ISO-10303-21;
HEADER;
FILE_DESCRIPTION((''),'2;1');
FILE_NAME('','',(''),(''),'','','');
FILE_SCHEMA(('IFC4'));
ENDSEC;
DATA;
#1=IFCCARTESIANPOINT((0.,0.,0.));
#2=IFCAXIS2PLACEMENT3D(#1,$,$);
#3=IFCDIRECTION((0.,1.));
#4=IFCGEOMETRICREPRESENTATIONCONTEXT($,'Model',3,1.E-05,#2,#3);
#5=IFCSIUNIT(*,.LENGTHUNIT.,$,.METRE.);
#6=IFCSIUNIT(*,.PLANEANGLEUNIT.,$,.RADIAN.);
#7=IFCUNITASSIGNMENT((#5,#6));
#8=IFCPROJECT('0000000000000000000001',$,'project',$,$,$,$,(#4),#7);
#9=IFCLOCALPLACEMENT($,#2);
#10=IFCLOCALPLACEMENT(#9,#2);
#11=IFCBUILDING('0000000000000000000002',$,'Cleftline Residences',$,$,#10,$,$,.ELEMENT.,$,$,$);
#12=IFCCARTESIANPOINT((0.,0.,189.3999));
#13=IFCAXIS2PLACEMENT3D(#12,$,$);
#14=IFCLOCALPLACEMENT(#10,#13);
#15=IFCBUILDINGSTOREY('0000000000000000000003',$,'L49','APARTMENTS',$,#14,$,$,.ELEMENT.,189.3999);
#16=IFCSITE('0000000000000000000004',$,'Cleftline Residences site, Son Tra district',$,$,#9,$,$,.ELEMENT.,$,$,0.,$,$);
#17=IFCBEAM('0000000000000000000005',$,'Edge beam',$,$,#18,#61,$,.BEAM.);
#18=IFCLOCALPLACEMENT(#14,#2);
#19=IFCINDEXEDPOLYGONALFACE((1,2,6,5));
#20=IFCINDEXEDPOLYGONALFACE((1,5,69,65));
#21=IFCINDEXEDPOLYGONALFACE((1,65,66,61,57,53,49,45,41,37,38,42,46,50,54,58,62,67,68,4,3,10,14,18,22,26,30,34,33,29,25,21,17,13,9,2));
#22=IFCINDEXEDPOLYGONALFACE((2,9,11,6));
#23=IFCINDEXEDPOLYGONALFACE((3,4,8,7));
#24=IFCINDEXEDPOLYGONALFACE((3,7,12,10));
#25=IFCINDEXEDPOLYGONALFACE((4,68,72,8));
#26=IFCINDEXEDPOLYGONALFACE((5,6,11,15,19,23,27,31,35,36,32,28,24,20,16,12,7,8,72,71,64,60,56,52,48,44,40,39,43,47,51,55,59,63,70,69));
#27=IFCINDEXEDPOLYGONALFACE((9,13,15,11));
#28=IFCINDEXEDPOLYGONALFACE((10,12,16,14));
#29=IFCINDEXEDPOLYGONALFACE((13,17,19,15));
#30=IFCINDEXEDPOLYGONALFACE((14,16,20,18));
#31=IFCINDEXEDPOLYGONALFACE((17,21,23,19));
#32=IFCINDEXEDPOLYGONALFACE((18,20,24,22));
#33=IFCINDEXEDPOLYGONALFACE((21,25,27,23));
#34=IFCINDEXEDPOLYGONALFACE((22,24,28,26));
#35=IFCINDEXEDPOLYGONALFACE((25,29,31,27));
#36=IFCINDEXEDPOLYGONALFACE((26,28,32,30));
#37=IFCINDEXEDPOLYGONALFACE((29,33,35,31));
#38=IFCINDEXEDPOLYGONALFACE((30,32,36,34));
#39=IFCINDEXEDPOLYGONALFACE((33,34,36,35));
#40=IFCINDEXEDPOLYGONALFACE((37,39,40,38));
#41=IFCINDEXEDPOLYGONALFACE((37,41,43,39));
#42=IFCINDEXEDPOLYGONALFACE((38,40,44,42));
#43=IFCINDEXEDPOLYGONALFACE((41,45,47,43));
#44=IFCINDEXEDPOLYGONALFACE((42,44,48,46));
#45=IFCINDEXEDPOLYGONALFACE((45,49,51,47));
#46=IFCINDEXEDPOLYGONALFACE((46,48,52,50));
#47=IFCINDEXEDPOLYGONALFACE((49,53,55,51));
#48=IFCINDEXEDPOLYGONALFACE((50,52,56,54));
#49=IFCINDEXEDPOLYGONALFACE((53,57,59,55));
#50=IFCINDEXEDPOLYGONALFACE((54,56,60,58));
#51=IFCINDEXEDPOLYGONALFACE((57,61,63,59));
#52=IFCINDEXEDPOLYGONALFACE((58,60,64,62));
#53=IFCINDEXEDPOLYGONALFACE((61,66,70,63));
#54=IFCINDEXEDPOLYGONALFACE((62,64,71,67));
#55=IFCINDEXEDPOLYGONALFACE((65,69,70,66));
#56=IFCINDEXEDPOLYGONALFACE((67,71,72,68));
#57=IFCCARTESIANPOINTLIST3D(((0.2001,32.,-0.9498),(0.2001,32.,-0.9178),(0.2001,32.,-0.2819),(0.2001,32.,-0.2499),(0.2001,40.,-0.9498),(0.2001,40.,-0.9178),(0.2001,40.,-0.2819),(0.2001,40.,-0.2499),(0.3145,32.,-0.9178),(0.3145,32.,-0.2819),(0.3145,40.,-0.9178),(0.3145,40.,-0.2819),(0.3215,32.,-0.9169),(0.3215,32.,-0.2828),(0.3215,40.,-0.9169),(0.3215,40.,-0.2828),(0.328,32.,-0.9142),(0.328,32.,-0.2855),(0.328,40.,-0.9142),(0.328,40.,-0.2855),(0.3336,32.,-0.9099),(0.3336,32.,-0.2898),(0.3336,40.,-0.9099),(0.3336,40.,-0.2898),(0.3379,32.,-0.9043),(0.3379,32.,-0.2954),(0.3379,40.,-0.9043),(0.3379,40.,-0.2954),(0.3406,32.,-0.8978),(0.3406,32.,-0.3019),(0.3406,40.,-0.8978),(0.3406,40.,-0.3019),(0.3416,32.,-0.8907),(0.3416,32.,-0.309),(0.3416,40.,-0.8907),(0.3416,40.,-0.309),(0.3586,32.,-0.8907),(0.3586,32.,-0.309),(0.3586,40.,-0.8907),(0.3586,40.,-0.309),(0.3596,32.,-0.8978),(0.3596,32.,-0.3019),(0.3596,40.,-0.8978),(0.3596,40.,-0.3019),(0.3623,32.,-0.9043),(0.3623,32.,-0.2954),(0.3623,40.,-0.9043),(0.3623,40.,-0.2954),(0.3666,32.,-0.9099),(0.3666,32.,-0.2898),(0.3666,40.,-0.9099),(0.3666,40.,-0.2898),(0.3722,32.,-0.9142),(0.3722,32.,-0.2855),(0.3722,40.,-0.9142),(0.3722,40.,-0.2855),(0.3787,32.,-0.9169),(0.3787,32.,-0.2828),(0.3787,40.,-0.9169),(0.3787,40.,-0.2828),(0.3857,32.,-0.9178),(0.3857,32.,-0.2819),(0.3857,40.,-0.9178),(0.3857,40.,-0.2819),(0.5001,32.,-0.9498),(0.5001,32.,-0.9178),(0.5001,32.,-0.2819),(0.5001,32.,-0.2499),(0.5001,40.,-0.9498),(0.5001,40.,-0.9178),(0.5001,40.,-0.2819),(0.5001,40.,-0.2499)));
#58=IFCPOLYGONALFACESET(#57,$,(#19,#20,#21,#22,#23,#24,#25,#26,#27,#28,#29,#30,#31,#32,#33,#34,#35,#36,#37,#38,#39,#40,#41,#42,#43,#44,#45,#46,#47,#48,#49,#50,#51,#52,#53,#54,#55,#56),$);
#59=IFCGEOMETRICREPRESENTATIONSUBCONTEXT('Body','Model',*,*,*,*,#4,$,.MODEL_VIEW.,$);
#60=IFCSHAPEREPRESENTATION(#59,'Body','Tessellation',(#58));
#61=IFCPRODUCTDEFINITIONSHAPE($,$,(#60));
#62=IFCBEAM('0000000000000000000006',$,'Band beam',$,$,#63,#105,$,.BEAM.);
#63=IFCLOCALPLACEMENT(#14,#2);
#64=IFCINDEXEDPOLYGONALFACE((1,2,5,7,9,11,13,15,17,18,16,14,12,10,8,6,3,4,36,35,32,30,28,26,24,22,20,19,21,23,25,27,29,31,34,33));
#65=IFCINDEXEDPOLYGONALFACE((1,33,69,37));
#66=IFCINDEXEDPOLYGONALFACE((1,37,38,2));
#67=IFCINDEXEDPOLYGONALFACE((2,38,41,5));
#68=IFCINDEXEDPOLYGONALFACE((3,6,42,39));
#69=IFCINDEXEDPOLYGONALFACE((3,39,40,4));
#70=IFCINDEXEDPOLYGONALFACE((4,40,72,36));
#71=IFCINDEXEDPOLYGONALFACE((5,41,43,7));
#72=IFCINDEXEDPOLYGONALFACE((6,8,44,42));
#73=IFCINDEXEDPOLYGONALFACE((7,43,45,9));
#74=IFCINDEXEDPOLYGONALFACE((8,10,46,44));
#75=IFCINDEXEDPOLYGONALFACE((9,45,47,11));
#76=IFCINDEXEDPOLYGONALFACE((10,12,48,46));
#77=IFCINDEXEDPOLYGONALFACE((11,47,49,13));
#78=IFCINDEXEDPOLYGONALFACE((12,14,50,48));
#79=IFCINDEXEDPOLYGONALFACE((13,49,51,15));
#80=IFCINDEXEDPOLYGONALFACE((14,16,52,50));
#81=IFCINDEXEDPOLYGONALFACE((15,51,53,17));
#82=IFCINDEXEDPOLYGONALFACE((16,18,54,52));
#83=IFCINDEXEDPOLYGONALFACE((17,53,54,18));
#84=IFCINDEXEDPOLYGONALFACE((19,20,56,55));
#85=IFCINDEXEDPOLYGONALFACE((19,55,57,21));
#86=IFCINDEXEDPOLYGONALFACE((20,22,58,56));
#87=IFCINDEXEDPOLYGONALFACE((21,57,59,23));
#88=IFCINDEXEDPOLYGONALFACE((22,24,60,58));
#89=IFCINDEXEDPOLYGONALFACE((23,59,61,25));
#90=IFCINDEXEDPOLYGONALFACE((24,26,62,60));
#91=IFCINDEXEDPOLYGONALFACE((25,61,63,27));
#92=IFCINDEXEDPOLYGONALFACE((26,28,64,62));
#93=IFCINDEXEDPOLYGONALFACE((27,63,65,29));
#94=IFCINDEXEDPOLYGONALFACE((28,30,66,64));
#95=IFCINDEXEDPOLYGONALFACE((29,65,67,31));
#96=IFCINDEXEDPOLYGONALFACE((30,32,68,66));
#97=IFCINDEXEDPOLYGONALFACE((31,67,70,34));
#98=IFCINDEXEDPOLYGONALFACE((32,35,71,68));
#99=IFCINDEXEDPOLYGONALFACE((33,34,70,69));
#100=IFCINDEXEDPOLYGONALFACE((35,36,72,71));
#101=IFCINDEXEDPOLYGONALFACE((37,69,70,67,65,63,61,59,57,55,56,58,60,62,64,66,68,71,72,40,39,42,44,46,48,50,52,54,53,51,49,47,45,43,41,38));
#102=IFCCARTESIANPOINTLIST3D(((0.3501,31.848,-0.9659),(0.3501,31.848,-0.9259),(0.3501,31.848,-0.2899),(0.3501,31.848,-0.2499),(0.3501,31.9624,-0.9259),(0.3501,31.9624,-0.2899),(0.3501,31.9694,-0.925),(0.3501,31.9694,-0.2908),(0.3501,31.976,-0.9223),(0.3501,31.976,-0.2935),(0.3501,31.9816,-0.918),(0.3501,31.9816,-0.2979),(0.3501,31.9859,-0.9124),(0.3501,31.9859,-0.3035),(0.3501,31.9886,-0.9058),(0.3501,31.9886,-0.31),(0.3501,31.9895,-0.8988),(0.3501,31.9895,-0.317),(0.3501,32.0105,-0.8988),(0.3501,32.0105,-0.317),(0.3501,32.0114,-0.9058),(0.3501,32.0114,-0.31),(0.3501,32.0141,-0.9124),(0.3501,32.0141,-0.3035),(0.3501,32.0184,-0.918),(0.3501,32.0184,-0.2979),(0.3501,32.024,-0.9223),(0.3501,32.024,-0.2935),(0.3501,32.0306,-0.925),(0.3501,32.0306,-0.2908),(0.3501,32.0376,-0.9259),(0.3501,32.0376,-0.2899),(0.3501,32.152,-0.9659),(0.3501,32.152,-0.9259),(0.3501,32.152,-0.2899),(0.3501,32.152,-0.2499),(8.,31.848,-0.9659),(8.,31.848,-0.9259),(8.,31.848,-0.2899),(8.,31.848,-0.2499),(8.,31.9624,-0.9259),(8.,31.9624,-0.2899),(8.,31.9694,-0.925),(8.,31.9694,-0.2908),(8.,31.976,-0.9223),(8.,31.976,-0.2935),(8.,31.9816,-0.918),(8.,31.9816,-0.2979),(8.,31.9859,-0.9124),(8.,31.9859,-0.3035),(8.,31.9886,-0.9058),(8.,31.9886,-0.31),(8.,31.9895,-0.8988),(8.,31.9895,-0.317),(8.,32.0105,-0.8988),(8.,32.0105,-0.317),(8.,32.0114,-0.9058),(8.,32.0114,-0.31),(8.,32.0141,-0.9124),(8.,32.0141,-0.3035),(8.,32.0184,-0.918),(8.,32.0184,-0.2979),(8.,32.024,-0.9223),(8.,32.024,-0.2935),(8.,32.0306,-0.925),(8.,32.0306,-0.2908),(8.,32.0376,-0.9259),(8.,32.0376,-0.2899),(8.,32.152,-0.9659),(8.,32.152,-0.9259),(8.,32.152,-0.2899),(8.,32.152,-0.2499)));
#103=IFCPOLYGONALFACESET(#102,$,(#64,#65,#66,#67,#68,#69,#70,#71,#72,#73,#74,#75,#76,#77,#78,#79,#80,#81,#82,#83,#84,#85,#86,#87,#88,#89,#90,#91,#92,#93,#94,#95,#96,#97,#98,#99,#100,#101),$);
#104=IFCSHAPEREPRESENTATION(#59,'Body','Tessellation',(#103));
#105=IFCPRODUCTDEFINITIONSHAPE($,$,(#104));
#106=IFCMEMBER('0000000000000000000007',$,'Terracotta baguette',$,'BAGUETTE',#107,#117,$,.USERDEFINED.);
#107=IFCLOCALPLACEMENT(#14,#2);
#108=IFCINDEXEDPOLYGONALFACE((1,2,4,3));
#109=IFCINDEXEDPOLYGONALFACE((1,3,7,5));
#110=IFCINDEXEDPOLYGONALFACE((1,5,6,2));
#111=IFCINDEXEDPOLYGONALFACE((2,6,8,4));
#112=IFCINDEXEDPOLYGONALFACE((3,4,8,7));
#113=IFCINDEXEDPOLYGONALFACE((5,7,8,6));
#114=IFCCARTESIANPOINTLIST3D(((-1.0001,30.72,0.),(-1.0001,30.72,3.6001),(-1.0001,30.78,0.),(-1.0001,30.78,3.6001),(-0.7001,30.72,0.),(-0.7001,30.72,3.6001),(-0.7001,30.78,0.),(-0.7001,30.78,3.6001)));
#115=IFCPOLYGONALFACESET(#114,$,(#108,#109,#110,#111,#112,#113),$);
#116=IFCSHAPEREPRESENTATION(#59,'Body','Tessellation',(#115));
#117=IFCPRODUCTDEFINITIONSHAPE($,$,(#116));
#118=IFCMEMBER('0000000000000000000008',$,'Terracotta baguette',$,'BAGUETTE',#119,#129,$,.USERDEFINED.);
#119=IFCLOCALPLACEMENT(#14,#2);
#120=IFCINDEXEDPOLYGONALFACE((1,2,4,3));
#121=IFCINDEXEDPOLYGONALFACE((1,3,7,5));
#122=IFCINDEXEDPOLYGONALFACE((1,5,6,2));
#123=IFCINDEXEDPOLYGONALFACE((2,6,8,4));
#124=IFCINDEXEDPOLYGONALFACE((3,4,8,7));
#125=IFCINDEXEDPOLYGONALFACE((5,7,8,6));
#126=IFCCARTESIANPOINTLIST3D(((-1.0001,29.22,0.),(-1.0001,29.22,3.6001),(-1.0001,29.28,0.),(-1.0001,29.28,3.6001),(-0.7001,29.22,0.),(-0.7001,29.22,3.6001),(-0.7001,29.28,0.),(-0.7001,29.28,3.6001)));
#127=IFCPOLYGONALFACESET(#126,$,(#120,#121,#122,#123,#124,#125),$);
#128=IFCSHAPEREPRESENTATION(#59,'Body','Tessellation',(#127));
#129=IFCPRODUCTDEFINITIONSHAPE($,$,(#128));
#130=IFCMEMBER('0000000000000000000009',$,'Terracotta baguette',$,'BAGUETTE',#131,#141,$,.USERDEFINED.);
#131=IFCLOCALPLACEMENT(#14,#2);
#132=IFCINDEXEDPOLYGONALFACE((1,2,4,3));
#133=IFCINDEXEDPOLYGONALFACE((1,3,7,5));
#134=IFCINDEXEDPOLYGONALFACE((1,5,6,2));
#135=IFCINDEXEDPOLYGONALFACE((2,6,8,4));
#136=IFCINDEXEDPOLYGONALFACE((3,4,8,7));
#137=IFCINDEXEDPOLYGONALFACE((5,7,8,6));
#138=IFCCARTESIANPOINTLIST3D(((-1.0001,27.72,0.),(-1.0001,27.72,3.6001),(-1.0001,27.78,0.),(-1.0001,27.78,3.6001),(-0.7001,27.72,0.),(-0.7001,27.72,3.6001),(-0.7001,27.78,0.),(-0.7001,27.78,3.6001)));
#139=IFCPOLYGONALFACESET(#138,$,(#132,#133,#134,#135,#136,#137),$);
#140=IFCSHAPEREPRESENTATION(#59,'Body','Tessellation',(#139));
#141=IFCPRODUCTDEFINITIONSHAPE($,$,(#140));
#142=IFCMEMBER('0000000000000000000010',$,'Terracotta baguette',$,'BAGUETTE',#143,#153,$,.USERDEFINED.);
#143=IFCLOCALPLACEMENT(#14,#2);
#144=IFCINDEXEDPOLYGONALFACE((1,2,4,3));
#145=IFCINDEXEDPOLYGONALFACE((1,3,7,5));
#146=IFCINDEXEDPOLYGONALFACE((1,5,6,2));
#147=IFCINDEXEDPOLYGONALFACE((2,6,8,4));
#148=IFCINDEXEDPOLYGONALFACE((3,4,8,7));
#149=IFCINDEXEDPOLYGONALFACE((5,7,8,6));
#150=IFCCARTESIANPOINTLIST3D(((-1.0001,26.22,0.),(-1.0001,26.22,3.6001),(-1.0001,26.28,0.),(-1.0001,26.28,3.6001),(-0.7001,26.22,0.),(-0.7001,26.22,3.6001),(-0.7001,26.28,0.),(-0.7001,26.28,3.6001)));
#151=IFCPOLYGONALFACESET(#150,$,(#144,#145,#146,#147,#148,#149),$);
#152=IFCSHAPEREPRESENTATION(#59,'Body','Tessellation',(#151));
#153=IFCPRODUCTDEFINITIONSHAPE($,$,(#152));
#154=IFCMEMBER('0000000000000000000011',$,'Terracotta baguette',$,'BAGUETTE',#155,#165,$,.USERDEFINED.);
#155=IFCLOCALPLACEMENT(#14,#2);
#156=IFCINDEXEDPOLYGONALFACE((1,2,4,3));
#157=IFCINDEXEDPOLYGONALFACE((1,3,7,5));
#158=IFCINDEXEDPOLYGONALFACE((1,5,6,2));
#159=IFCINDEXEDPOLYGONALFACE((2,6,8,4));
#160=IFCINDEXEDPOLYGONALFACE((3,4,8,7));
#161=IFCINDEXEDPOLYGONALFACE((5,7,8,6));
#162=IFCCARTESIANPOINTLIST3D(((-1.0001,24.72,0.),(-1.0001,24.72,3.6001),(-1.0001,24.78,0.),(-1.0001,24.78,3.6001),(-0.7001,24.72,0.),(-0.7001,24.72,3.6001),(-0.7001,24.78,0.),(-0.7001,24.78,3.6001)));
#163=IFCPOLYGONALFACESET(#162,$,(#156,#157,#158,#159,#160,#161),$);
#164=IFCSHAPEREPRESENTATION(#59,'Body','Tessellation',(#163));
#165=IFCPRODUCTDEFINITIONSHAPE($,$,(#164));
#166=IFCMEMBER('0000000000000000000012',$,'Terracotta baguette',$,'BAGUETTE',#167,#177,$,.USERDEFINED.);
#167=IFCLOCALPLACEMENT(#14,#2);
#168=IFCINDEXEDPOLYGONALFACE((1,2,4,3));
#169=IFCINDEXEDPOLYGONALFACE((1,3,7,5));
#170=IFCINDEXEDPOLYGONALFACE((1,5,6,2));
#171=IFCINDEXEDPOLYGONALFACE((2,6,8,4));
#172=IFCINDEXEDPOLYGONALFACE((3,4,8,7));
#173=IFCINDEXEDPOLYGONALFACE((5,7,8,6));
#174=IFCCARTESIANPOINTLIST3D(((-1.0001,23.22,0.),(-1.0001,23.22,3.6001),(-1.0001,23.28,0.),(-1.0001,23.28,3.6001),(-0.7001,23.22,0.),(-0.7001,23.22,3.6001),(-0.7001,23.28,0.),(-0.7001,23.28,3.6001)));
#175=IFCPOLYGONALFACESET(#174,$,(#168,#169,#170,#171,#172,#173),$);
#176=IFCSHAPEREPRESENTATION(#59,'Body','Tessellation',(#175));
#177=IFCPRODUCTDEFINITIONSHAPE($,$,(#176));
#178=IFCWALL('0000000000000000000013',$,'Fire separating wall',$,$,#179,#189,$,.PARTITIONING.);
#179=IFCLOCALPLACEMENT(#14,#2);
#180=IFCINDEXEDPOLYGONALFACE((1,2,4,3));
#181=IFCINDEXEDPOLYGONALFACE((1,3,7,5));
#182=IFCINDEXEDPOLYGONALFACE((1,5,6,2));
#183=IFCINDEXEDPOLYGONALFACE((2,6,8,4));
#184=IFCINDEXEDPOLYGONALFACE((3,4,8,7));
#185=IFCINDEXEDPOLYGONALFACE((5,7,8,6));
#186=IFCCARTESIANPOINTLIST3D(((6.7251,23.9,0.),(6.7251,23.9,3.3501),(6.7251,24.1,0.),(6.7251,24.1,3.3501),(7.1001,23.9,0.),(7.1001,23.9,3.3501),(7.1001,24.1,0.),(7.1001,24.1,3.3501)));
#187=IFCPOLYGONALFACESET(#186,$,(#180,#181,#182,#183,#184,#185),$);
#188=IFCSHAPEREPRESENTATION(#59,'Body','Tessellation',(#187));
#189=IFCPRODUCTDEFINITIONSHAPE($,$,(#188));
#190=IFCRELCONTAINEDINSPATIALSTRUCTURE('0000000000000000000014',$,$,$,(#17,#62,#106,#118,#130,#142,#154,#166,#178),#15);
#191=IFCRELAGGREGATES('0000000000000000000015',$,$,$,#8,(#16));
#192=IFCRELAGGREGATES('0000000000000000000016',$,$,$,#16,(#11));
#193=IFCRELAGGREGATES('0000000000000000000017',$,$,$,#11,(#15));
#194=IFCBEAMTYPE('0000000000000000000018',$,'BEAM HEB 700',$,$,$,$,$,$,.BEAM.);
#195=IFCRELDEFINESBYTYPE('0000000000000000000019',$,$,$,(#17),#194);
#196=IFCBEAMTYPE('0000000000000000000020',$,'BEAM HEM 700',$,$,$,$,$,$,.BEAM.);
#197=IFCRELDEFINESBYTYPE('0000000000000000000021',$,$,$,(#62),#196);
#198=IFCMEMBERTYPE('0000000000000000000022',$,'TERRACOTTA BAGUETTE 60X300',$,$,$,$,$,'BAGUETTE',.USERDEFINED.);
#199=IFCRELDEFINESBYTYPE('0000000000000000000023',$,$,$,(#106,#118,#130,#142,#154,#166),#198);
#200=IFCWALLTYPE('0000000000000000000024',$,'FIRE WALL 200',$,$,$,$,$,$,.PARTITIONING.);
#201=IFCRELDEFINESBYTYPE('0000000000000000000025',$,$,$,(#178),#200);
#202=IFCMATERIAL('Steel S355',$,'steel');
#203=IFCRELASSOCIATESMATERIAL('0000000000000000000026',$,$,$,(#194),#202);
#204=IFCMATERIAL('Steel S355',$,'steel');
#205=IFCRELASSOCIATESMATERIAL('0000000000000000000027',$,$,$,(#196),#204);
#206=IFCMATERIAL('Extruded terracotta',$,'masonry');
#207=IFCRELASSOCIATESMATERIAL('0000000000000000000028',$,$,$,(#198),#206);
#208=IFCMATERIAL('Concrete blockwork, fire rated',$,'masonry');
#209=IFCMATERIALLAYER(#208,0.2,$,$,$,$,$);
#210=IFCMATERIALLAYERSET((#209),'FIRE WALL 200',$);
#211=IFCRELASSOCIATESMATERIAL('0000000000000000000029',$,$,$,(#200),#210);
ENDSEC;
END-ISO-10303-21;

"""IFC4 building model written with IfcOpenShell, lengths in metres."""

from ifc_helpers import new_model, si_unit, direction, frame, frame_2d, origin, origin_2d, place, context, subcontext, project, spatial, rectangle, i_section, extrude, material, layer, layer_set, material_profile, profile_set, type_object, element, save


model = new_model("IFC4")

# Units and contexts
model_context = context("Model", 3, precision=1e-05, world=origin(), true_north=direction((0.0, 1.0)))
body_context = subcontext(model_context, "Body", "Model", "MODEL_VIEW")
ifc_project = project(units=[si_unit("LENGTHUNIT", "METRE"), si_unit("PLANEANGLEUNIT", "RADIAN")], contexts=[model_context])

# Site, building, storey
site_placement = place(None, origin())
site = spatial("IfcSite", under=ifc_project, at=site_placement, Name="Cleftline Residences site, Son Tra district", CompositionType="ELEMENT", RefElevation=0.0)
building_placement = place(site_placement, origin())
building = spatial("IfcBuilding", under=site, at=building_placement, Name="Cleftline Residences", CompositionType="ELEMENT")
storey_placement = place(building_placement, frame((0.0, 0.0, 189.3999)))
storey = spatial("IfcBuildingStorey", under=building, at=storey_placement, Name="L49", Description="APARTMENTS", CompositionType="ELEMENT", Elevation=189.3999)

# Beams
ifc_material_1 = material(Name="Steel S355", Category="steel")
ifc_material_profile_1 = material_profile(ifc_material_1, i_section(OverallWidth=0.3, OverallDepth=0.7, WebThickness=0.0171, FlangeThickness=0.032, FilletRadius=0.0271, at=origin_2d()))
ifc_profile_set_1 = profile_set([ifc_material_profile_1], Name="Steel S355")
beam_type_1 = type_object("IfcBeamType", Name="BEAM HEB 700", PredefinedType="BEAM", material=ifc_profile_set_1)
for number, where, z_axis, x_axis, name in (
    (1, (0.3501, 32.0, -0.5999), (0.0, 1.0, 0.0), (-1.0, 0.0, 0.0), "Edge beam"),
):
    element("IfcBeam", number, at=place(storey_placement, frame(where, z_axis=z_axis, x_axis=x_axis)), inside=storey, type_object=beam_type_1, Name=name, PredefinedType="BEAM", context=body_context, shape_type="SweptSolid", body=[
        extrude(i_section(OverallWidth=0.3, OverallDepth=0.7, WebThickness=0.0171, FlangeThickness=0.032, FilletRadius=0.0271, at=origin_2d()), origin(), (0.0, 0.0, 1.0), 8.0),
    ])
ifc_material_2 = material(Name="Steel S355", Category="steel")
ifc_material_profile_2 = material_profile(ifc_material_2, i_section(OverallWidth=0.304, OverallDepth=0.7161, WebThickness=0.021, FlangeThickness=0.04, FilletRadius=0.0271, at=origin_2d()))
ifc_profile_set_2 = profile_set([ifc_material_profile_2], Name="Steel S355")
beam_type_2 = type_object("IfcBeamType", Name="BEAM HEM 700", PredefinedType="BEAM", material=ifc_profile_set_2)
beam_placement = place(storey_placement, frame((0.3501, 32.0, -0.6079), z_axis=(1.0, 0.0, 0.0), x_axis=(0.0, 1.0, 0.0)))
element("IfcBeam", 2, at=beam_placement, inside=storey, type_object=beam_type_2, Name="Band beam", PredefinedType="BEAM", context=body_context, shape_type="SweptSolid", body=[
    extrude(i_section(OverallWidth=0.304, OverallDepth=0.7161, WebThickness=0.021, FlangeThickness=0.04, FilletRadius=0.0271, at=origin_2d()), origin(), (0.0, 0.0, 1.0), 7.6499),
])

# Members
ifc_material_3 = material(Name="Extruded terracotta", Category="masonry")
ifc_material_profile_3 = material_profile(ifc_material_3, rectangle(XDim=0.0601, YDim=0.3, at=origin_2d()))
ifc_profile_set_3 = profile_set([ifc_material_profile_3], Name="Extruded terracotta")
member_type_1 = type_object("IfcMemberType", Name="TERRACOTTA BAGUETTE 60X300", ElementType="BAGUETTE", PredefinedType="USERDEFINED", material=ifc_profile_set_3)
for number, where, z_axis, x_axis, name in (
    (3, (-0.8501, 30.75, 0.0), (0.0, 0.0, 1.0), (0.0, 1.0, 0.0), "Terracotta baguette"),
    (4, (-0.8501, 29.25, 0.0), (0.0, 0.0, 1.0), (0.0, 1.0, 0.0), "Terracotta baguette"),
    (5, (-0.8501, 27.75, 0.0), (0.0, 0.0, 1.0), (0.0, 1.0, 0.0), "Terracotta baguette"),
    (6, (-0.8501, 26.25, 0.0), (0.0, 0.0, 1.0), (0.0, 1.0, 0.0), "Terracotta baguette"),
    (7, (-0.8501, 24.75, 0.0), (0.0, 0.0, 1.0), (0.0, 1.0, 0.0), "Terracotta baguette"),
    (8, (-0.8501, 23.25, 0.0), (0.0, 0.0, 1.0), (0.0, 1.0, 0.0), "Terracotta baguette"),
):
    element("IfcMember", number, at=place(storey_placement, frame(where, z_axis=z_axis, x_axis=x_axis)), inside=storey, type_object=member_type_1, Name=name, ObjectType="BAGUETTE", PredefinedType="USERDEFINED", context=body_context, shape_type="SweptSolid", body=[
        extrude(rectangle(XDim=0.0601, YDim=0.3, at=origin_2d()), origin(), (0.0, 0.0, 1.0), 3.6001),
    ])

# Wall
ifc_material_4 = material(Name="Concrete blockwork, fire rated", Category="masonry")
ifc_layer_1 = layer(ifc_material_4, 0.2)
ifc_layer_set_1 = layer_set([ifc_layer_1], Name="FIRE WALL 200")
wall_type_1 = type_object("IfcWallType", Name="FIRE WALL 200", PredefinedType="PARTITIONING", material=ifc_layer_set_1)
wall_1_placement = place(storey_placement, frame((6.7251, 24.0, 0.0), z_axis=(0.0, 0.0, 1.0), x_axis=(1.0, 0.0, 0.0)))
element("IfcWall", 9, at=wall_1_placement, inside=storey, type_object=wall_type_1, Name="Fire separating wall", PredefinedType="PARTITIONING", context=body_context, shape_type="SweptSolid", body=[
    extrude(rectangle(XDim=0.375, YDim=0.2, at=frame_2d((0.1875, 0.0))), origin(), (0.0, 0.0, 1.0), 3.3501),
])

save(model, "model.ifc")
